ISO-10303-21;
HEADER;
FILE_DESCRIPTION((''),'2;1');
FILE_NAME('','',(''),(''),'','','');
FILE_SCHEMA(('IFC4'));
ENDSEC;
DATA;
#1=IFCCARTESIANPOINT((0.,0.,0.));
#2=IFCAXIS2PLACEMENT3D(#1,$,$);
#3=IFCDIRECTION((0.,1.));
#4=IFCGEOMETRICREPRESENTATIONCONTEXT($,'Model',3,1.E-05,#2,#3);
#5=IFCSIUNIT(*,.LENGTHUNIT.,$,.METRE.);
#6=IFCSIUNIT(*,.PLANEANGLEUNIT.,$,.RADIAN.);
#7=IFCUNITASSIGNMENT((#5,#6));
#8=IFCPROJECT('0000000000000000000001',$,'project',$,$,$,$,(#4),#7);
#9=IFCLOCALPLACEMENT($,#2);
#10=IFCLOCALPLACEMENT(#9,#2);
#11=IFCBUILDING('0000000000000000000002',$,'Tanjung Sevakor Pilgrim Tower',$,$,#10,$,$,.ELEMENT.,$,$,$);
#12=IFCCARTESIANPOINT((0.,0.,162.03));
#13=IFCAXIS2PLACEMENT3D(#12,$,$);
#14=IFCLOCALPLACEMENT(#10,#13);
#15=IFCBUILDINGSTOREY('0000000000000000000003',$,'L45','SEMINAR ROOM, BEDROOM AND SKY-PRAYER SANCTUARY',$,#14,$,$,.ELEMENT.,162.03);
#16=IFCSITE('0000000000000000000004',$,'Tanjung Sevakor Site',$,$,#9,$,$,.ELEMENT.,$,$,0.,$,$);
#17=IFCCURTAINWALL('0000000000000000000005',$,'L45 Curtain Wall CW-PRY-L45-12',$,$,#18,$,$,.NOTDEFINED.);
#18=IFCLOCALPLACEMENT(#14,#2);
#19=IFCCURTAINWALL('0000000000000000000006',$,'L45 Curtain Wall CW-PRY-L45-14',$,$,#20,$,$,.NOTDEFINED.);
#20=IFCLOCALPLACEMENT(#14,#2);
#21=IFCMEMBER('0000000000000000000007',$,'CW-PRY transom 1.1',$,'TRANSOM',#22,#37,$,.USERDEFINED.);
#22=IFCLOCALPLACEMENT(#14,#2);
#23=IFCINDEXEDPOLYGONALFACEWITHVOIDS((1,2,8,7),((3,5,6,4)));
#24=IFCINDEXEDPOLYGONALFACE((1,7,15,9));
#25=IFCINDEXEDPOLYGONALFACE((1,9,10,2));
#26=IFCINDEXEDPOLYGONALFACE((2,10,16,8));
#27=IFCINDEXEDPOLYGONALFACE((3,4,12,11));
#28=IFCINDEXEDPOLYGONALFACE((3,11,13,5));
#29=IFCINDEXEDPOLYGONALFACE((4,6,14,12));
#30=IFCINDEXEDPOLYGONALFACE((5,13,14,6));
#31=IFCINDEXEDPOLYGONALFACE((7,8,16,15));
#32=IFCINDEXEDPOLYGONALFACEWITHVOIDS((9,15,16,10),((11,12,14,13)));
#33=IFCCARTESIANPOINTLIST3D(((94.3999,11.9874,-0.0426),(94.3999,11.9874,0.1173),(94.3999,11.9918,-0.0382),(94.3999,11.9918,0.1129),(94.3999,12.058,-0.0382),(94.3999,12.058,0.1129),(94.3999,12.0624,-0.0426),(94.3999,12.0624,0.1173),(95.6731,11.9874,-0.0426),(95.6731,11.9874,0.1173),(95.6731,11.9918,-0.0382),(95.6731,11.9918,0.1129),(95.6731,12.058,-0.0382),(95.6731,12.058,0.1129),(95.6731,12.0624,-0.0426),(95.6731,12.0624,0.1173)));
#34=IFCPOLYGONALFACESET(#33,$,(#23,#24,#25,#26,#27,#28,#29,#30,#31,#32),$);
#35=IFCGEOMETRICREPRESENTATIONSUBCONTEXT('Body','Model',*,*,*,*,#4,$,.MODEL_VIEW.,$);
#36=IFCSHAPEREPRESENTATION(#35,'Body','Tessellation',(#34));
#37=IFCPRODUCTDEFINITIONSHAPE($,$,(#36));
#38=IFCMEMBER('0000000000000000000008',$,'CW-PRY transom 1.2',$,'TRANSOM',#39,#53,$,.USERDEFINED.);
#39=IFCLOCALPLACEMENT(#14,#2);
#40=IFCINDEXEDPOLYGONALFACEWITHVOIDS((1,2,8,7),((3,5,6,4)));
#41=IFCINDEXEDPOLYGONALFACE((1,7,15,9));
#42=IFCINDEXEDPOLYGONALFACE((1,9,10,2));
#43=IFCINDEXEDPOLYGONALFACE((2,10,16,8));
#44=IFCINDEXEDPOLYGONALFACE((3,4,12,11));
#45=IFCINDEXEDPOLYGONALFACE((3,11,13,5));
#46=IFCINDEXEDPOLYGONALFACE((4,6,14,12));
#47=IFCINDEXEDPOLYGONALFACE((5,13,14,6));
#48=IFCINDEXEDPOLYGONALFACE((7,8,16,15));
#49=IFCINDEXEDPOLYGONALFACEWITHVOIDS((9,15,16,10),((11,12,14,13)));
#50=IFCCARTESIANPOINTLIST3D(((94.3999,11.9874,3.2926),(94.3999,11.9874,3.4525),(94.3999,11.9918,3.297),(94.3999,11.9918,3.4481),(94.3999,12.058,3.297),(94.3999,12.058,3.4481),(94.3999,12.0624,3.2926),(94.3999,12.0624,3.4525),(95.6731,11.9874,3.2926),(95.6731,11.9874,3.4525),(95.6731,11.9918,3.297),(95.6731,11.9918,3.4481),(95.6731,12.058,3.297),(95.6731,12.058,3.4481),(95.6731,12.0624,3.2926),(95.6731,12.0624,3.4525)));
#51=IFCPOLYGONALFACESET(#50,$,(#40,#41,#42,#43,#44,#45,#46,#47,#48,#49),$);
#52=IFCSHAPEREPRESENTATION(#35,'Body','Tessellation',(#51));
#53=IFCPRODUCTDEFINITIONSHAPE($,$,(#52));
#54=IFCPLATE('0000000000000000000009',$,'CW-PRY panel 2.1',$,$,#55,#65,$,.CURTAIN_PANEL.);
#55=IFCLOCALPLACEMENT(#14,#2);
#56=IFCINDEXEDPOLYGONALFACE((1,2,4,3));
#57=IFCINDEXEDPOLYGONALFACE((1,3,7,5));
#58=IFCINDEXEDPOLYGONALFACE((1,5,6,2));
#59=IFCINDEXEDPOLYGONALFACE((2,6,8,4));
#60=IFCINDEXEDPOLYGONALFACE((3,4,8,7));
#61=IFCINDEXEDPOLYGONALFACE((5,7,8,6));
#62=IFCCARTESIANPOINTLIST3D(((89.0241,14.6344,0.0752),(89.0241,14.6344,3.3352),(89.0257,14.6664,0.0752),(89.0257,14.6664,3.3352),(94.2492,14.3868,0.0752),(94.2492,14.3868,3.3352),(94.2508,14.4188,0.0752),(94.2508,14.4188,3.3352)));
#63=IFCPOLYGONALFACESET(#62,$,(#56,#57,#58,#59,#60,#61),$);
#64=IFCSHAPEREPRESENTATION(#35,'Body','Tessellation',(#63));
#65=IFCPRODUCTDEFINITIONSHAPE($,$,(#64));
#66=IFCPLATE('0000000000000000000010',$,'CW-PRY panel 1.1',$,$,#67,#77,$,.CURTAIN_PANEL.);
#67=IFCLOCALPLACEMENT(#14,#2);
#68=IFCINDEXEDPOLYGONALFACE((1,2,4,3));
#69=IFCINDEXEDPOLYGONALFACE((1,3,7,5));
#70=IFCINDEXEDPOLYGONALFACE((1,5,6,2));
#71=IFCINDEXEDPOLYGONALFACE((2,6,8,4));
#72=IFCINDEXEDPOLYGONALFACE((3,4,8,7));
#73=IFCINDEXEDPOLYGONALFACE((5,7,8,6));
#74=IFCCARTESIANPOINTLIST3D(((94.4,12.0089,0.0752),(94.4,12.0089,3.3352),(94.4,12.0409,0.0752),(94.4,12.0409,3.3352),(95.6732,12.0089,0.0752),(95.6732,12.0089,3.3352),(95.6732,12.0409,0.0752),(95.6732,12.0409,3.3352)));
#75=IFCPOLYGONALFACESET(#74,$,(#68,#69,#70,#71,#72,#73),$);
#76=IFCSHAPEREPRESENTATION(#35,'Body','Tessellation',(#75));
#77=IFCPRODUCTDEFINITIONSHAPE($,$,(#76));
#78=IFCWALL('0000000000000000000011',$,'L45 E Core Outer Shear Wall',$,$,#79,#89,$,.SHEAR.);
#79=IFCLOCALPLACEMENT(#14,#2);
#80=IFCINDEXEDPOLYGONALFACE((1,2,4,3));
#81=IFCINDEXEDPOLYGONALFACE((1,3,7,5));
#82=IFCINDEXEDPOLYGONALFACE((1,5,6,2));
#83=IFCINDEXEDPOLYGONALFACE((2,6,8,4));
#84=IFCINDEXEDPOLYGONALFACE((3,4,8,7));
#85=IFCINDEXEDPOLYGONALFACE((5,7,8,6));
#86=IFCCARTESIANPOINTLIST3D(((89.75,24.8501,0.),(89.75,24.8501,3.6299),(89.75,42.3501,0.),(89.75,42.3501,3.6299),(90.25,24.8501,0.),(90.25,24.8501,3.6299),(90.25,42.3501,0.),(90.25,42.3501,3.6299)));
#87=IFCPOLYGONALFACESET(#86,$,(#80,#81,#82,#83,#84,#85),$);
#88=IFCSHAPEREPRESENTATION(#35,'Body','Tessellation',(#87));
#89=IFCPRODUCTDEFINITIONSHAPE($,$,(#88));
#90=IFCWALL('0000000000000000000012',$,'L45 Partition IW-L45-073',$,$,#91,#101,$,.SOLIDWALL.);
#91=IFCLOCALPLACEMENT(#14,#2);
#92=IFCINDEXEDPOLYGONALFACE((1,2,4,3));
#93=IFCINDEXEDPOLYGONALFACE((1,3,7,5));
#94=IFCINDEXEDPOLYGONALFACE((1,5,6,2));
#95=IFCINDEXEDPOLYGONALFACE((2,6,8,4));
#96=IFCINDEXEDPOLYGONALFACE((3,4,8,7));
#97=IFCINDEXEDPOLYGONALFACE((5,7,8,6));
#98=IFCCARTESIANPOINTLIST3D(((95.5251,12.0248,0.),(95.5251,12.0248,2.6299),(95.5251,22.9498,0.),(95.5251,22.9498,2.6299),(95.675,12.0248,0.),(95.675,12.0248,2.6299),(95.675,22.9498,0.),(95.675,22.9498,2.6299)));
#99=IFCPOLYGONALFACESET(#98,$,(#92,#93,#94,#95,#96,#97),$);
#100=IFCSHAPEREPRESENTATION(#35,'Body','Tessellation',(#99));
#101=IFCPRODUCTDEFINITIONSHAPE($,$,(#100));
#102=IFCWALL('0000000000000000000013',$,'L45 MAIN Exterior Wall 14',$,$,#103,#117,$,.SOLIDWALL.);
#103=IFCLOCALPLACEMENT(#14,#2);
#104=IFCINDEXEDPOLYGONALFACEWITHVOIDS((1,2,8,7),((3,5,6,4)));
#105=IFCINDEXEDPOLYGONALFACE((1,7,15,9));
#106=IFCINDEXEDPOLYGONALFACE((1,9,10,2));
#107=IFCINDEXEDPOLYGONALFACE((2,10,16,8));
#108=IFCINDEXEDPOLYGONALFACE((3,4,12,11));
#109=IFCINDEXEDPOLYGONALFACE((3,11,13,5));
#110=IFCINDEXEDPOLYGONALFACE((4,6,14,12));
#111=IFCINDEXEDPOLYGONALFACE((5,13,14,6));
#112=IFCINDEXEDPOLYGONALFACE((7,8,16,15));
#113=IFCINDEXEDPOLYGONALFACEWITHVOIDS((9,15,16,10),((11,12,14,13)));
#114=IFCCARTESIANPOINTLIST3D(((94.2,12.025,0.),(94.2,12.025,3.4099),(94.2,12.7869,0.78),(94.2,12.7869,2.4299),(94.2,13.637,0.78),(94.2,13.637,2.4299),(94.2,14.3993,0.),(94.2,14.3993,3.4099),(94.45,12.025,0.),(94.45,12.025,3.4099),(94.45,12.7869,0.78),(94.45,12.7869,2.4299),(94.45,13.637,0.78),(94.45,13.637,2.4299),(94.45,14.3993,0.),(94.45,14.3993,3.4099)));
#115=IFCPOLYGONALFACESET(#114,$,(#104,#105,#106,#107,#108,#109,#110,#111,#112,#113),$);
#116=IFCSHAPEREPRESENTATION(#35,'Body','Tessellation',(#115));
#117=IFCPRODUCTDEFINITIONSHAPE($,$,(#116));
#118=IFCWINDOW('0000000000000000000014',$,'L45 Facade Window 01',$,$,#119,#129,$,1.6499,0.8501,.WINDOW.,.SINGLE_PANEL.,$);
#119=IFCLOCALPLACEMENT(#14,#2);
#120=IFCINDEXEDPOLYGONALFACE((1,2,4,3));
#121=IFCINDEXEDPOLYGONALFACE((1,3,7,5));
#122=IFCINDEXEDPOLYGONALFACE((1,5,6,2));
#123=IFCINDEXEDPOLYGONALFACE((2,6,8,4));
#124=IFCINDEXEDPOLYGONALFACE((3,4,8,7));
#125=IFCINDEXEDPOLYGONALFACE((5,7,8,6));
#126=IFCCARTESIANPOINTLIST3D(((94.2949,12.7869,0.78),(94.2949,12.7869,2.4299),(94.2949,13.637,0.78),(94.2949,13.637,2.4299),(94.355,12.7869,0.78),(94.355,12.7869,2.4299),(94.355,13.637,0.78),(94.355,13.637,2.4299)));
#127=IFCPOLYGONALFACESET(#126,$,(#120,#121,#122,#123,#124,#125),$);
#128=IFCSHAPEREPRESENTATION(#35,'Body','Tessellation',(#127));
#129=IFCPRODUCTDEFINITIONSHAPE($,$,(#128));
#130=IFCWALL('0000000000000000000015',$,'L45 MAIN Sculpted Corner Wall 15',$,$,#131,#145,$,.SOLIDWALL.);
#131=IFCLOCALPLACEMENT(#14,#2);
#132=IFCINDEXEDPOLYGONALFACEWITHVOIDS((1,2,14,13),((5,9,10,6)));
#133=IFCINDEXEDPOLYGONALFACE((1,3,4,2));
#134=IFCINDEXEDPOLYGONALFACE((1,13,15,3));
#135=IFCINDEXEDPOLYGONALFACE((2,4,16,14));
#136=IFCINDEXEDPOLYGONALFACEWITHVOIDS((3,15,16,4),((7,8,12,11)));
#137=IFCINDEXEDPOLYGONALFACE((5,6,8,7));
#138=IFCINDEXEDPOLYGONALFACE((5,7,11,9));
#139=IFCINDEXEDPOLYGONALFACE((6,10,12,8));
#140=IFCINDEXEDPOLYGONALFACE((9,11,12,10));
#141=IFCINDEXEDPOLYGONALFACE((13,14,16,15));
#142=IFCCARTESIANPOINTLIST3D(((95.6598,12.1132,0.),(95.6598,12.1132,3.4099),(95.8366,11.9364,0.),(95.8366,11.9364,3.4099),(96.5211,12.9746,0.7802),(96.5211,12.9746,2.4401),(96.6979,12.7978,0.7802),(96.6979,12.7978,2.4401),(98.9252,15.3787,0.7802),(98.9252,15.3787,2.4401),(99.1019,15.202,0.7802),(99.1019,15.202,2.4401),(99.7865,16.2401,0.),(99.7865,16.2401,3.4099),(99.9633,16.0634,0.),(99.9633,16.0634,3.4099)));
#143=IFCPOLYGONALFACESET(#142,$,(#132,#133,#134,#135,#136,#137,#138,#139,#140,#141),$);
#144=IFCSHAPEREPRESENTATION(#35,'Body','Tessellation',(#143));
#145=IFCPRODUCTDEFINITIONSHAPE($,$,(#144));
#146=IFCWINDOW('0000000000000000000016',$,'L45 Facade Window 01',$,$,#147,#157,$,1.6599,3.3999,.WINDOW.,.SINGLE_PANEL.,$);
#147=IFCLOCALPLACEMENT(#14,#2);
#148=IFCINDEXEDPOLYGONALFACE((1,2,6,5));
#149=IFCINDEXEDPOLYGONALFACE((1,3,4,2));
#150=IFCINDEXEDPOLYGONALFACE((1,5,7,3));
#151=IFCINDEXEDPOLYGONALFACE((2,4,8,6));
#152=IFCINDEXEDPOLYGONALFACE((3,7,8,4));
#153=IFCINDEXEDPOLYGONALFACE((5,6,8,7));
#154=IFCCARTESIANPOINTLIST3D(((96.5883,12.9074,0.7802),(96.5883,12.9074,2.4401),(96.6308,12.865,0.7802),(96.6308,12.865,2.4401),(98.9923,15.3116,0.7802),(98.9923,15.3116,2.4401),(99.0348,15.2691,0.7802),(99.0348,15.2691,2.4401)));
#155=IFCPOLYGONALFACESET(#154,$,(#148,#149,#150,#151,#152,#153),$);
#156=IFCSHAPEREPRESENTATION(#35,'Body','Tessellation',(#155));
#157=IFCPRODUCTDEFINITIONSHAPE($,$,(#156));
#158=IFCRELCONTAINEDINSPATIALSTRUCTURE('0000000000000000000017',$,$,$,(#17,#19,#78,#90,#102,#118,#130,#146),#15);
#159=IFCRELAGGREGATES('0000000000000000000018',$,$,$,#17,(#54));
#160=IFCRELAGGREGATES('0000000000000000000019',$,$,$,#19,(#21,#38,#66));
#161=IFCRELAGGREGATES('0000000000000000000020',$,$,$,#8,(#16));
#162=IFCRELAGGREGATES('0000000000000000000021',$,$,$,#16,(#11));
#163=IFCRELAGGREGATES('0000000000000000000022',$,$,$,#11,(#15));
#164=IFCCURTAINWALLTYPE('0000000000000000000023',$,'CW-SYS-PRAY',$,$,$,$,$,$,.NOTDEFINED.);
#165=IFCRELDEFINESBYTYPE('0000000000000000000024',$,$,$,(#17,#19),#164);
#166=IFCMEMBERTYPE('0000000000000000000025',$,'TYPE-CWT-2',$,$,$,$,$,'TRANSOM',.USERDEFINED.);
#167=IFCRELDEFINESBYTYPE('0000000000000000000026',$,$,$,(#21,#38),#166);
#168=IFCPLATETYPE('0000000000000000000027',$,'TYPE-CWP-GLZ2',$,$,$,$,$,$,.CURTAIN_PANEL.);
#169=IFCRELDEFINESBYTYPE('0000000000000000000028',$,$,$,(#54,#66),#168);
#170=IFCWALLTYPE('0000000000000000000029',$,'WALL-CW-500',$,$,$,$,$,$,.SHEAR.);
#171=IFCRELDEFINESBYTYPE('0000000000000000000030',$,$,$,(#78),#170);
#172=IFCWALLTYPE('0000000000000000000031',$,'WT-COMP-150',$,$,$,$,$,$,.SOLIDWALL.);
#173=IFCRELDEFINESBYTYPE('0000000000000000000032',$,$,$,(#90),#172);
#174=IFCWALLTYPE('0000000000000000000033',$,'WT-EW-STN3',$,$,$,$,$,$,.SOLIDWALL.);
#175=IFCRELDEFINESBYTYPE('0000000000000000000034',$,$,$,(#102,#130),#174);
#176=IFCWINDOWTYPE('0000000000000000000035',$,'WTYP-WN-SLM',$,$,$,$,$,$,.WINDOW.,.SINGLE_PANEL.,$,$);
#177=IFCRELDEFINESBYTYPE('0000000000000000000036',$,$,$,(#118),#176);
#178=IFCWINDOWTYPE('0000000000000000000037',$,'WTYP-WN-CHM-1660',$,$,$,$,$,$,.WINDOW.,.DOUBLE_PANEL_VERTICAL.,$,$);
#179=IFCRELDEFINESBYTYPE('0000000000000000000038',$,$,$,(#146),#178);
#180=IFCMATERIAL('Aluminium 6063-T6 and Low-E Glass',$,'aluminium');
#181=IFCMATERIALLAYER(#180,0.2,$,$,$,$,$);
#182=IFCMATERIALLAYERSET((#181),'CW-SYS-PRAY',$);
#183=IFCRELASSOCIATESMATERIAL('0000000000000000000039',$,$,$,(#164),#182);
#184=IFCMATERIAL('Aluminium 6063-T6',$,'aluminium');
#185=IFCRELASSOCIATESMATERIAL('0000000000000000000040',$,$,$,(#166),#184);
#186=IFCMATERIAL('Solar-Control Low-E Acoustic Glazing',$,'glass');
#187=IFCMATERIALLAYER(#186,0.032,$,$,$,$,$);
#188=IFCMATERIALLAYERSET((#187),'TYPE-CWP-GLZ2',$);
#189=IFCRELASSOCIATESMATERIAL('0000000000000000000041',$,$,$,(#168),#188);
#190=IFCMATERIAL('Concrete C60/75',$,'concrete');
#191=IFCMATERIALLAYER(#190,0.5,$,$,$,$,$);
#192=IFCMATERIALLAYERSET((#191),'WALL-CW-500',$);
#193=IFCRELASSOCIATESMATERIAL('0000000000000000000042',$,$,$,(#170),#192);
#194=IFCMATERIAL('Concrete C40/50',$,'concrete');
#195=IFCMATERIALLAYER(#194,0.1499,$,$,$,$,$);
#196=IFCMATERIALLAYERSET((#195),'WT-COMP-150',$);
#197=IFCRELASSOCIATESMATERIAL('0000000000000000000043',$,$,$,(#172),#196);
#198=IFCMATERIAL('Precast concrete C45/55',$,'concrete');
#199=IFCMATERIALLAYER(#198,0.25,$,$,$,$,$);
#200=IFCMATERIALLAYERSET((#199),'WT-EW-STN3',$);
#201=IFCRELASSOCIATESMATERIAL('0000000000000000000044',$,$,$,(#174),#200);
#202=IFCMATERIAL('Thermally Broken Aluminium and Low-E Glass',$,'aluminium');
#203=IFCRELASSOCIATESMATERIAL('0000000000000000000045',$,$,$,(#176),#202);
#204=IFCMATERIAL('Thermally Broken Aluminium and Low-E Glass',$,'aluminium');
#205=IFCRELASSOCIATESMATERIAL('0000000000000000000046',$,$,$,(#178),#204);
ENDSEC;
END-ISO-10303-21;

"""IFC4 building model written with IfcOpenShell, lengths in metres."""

from ifc_helpers import new_model, si_unit, direction, frame, frame_2d, origin, origin_2d, place, context, subcontext, project, spatial, rectangle, hollow_rectangle, extrude, material, layer, layer_set, material_profile, profile_set, type_object, element, fill, aggregate, save


model = new_model("IFC4")

# Units and contexts
model_context = context("Model", 3, precision=1e-05, world=origin(), true_north=direction((0.0, 1.0)))
body_context = subcontext(model_context, "Body", "Model", "MODEL_VIEW")
ifc_project = project(units=[si_unit("LENGTHUNIT", "METRE"), si_unit("PLANEANGLEUNIT", "RADIAN")], contexts=[model_context])

# Site, building, storey
site_placement = place(None, origin())
site = spatial("IfcSite", under=ifc_project, at=site_placement, Name="Tanjung Sevakor Site", CompositionType="ELEMENT", RefElevation=0.0)
building_placement = place(site_placement, origin())
building = spatial("IfcBuilding", under=site, at=building_placement, Name="Tanjung Sevakor Pilgrim Tower", CompositionType="ELEMENT")
storey_placement = place(building_placement, frame((0.0, 0.0, 162.03)))
storey = spatial("IfcBuildingStorey", under=building, at=storey_placement, Name="L45", Description="SEMINAR ROOM, BEDROOM AND SKY-PRAYER SANCTUARY", CompositionType="ELEMENT", Elevation=162.03)

# Curtain walls
ifc_material_1 = material(Name="Aluminium 6063-T6 and Low-E Glass", Category="aluminium")
ifc_layer_1 = layer(ifc_material_1, 0.2)
ifc_layer_set_1 = layer_set([ifc_layer_1], Name="CW-SYS-PRAY")
curtain_wall_type = type_object("IfcCurtainWallType", Name="CW-SYS-PRAY", PredefinedType="NOTDEFINED", material=ifc_layer_set_1)
curtain_wall_1_placement = place(storey_placement, origin())
curtain_wall_1 = element("IfcCurtainWall", 1, at=curtain_wall_1_placement, inside=storey, type_object=curtain_wall_type, Name="L45 Curtain Wall CW-PRY-L45-12", PredefinedType="NOTDEFINED")
curtain_wall_2_placement = place(storey_placement, origin())
curtain_wall_2 = element("IfcCurtainWall", 2, at=curtain_wall_2_placement, inside=storey, type_object=curtain_wall_type, Name="L45 Curtain Wall CW-PRY-L45-14", PredefinedType="NOTDEFINED")

# Members
ifc_material_2 = material(Name="Aluminium 6063-T6", Category="aluminium")
ifc_material_profile_1 = material_profile(ifc_material_2, hollow_rectangle(XDim=0.075, YDim=0.1599, WallThickness=0.0044, at=origin_2d()))
ifc_profile_set_1 = profile_set([ifc_material_profile_1], Name="Aluminium 6063-T6")
member_type_1 = type_object("IfcMemberType", Name="TYPE-CWT-2", ElementType="TRANSOM", PredefinedType="USERDEFINED", material=ifc_profile_set_1)
member_1_placement = place(storey_placement, frame((94.3999, 12.0249, 0.0374), z_axis=(1.0, 0.0, 0.0), x_axis=(0.0, 1.0, 0.0)))
member_1 = element("IfcMember", 3, at=member_1_placement, type_object=member_type_1, Name="CW-PRY transom 1.1", ObjectType="TRANSOM", PredefinedType="USERDEFINED", context=body_context, shape_type="SweptSolid", body=[
    extrude(hollow_rectangle(XDim=0.075, YDim=0.1599, WallThickness=0.0044, at=origin_2d()), origin(), (0.0, 0.0, 1.0), 1.2732),
])
member_2_placement = place(storey_placement, frame((94.3999, 12.0249, 3.3726), z_axis=(1.0, 0.0, 0.0), x_axis=(0.0, 1.0, 0.0)))
member_2 = element("IfcMember", 4, at=member_2_placement, type_object=member_type_1, Name="CW-PRY transom 1.2", ObjectType="TRANSOM", PredefinedType="USERDEFINED", context=body_context, shape_type="SweptSolid", body=[
    extrude(hollow_rectangle(XDim=0.075, YDim=0.1599, WallThickness=0.0044, at=origin_2d()), origin(), (0.0, 0.0, 1.0), 1.2732),
])

# Plates
ifc_material_3 = material(Name="Solar-Control Low-E Acoustic Glazing", Category="glass")
ifc_layer_2 = layer(ifc_material_3, 0.032)
ifc_layer_set_2 = layer_set([ifc_layer_2], Name="TYPE-CWP-GLZ2")
plate_type = type_object("IfcPlateType", Name="TYPE-CWP-GLZ2", PredefinedType="CURTAIN_PANEL", material=ifc_layer_set_2)
plate_1_placement = place(storey_placement, frame((91.6375, 14.5266, 0.0752), z_axis=(0.0, 0.0, 1.0), x_axis=(0.998879, -0.047338, 0.0)))
plate_1 = element("IfcPlate", 5, at=plate_1_placement, type_object=plate_type, Name="CW-PRY panel 2.1", PredefinedType="CURTAIN_PANEL", context=body_context, shape_type="SweptSolid", body=[
    extrude(rectangle(XDim=5.231, YDim=0.032, at=origin_2d()), origin(), (0.0, 0.0, 1.0), 3.26),
])
aggregate(curtain_wall_1, [plate_1])
plate_2_placement = place(storey_placement, frame((95.0366, 12.0249, 0.0752), z_axis=(0.0, 0.0, 1.0), x_axis=(1.0, 0.0, 0.0)))
plate_2 = element("IfcPlate", 6, at=plate_2_placement, type_object=plate_type, Name="CW-PRY panel 1.1", PredefinedType="CURTAIN_PANEL", context=body_context, shape_type="SweptSolid", body=[
    extrude(rectangle(XDim=1.2732, YDim=0.032, at=origin_2d()), origin(), (0.0, 0.0, 1.0), 3.26),
])
aggregate(curtain_wall_2, [member_1, member_2, plate_2])

# Walls
ifc_material_4 = material(Name="Concrete C60/75", Category="concrete")
ifc_layer_3 = layer(ifc_material_4, 0.5)
ifc_layer_set_3 = layer_set([ifc_layer_3], Name="WALL-CW-500")
wall_type_1 = type_object("IfcWallType", Name="WALL-CW-500", PredefinedType="SHEAR", material=ifc_layer_set_3)
wall_1_placement = place(storey_placement, frame((90.0, 24.8501, 0.0), z_axis=(0.0, 0.0, 1.0), x_axis=(0.0, 1.0, 0.0)))
element("IfcWall", 7, at=wall_1_placement, inside=storey, type_object=wall_type_1, Name="L45 E Core Outer Shear Wall", PredefinedType="SHEAR", context=body_context, shape_type="SweptSolid", body=[
    extrude(rectangle(XDim=17.5, YDim=0.5, at=frame_2d((8.75, 0.0))), origin(), (0.0, 0.0, 1.0), 3.6299),
])
ifc_material_5 = material(Name="Concrete C40/50", Category="concrete")
ifc_layer_4 = layer(ifc_material_5, 0.1499)
ifc_layer_set_4 = layer_set([ifc_layer_4], Name="WT-COMP-150")
wall_type_2 = type_object("IfcWallType", Name="WT-COMP-150", PredefinedType="SOLIDWALL", material=ifc_layer_set_4)
wall_2_placement = place(storey_placement, frame((95.6001, 12.0249, 0.0), z_axis=(0.0, 0.0, 1.0), x_axis=(0.0, 1.0, 0.0)))
element("IfcWall", 8, at=wall_2_placement, inside=storey, type_object=wall_type_2, Name="L45 Partition IW-L45-073", PredefinedType="SOLIDWALL", context=body_context, shape_type="SweptSolid", body=[
    extrude(rectangle(XDim=10.925, YDim=0.1499, at=frame_2d((5.4624, 0.0))), origin(), (0.0, 0.0, 1.0), 2.6299),
])

# Walls, openings, windows
ifc_material_6 = material(Name="Precast concrete C45/55", Category="concrete")
ifc_layer_5 = layer(ifc_material_6, 0.25)
ifc_layer_set_5 = layer_set([ifc_layer_5], Name="WT-EW-STN3")
wall_type_3 = type_object("IfcWallType", Name="WT-EW-STN3", PredefinedType="SOLIDWALL", material=ifc_layer_set_5)
wall_3_placement = place(storey_placement, frame((94.325, 14.3992, 0.0), z_axis=(0.0, 0.0, 1.0), x_axis=(0.0, -1.0, 0.0)))
wall_3 = element("IfcWall", 9, at=wall_3_placement, inside=storey, type_object=wall_type_3, Name="L45 MAIN Exterior Wall 14", PredefinedType="SOLIDWALL", context=body_context, shape_type="SweptSolid", body=[
    extrude(rectangle(XDim=2.3743, YDim=0.25, at=frame_2d((1.187, 0.0))), origin(), (0.0, 0.0, 1.0), 3.4099),
])
opening_1_placement = place(wall_3_placement, frame((0.7622, 0.0, 0.78)))
opening_1 = element("IfcOpeningElement", 10, at=opening_1_placement, cuts=wall_3, PredefinedType="OPENING", context=body_context, shape_type="SweptSolid", body=[
    extrude(rectangle(XDim=0.8501, YDim=1.6499, at=frame_2d((0.425, 0.825))), frame((0.0, 0.135, 0.0), z_axis=(0.0, -1.0, 0.0), x_axis=(1.0, 0.0, 0.0)), (0.0, 0.0, 1.0), 0.27),
])
ifc_material_7 = material(Name="Thermally Broken Aluminium and Low-E Glass", Category="aluminium")
window_type_1 = type_object("IfcWindowType", Name="WTYP-WN-SLM", PartitioningType="SINGLE_PANEL", PredefinedType="WINDOW", material=ifc_material_7)
window_1_placement = place(opening_1_placement, origin())
window_1 = element("IfcWindow", 11, at=window_1_placement, inside=storey, type_object=window_type_1, Name="L45 Facade Window 01", OverallHeight=1.6499, OverallWidth=0.8501, PartitioningType="SINGLE_PANEL", PredefinedType="WINDOW", context=body_context, shape_type="SweptSolid", body=[
    extrude(rectangle(XDim=0.8501, YDim=1.6499, at=frame_2d((0.425, 0.825))), frame((0.0, 0.03, 0.0), z_axis=(0.0, -1.0, 0.0), x_axis=(1.0, 0.0, 0.0)), (0.0, 0.0, 1.0), 0.0601),
])
fill(opening_1, window_1)
wall_4_placement = place(storey_placement, frame((95.7483, 12.0249, 0.0), z_axis=(0.0, 0.0, 1.0), x_axis=(0.707086, 0.707128, 0.0)))
wall_4 = element("IfcWall", 12, at=wall_4_placement, inside=storey, type_object=wall_type_3, Name="L45 MAIN Sculpted Corner Wall 15", PredefinedType="SOLIDWALL", context=body_context, shape_type="SweptSolid", body=[
    extrude(rectangle(XDim=5.8362, YDim=0.25, at=frame_2d((2.918, 0.0))), origin(), (0.0, 0.0, 1.0), 3.4099),
])
opening_2_placement = place(wall_4_placement, frame((1.218, 0.0, 0.78)))
opening_2 = element("IfcOpeningElement", 13, at=opening_2_placement, cuts=wall_4, PredefinedType="OPENING", context=body_context, shape_type="SweptSolid", body=[
    extrude(rectangle(XDim=3.3999, YDim=1.6599, at=frame_2d((1.7, 0.8301))), frame((0.0, 0.135, 0.0), z_axis=(0.0, -1.0, 0.0), x_axis=(1.0, 0.0, 0.0)), (0.0, 0.0, 1.0), 0.27),
])
ifc_material_8 = material(Name="Thermally Broken Aluminium and Low-E Glass", Category="aluminium")
window_type_2 = type_object("IfcWindowType", Name="WTYP-WN-CHM-1660", PartitioningType="DOUBLE_PANEL_VERTICAL", PredefinedType="WINDOW", material=ifc_material_8)
window_2_placement = place(opening_2_placement, origin())
window_2 = element("IfcWindow", 14, at=window_2_placement, inside=storey, type_object=window_type_2, Name="L45 Facade Window 01", OverallHeight=1.6599, OverallWidth=3.3999, PartitioningType="SINGLE_PANEL", PredefinedType="WINDOW", context=body_context, shape_type="SweptSolid", body=[
    extrude(rectangle(XDim=3.3999, YDim=1.6599, at=frame_2d((1.7, 0.8301))), frame((0.0, 0.03, 0.0), z_axis=(0.0, -1.0, 0.0), x_axis=(1.0, 0.0, 0.0)), (0.0, 0.0, 1.0), 0.0601),
])
fill(opening_2, window_2)

save(model, "model.ifc")
